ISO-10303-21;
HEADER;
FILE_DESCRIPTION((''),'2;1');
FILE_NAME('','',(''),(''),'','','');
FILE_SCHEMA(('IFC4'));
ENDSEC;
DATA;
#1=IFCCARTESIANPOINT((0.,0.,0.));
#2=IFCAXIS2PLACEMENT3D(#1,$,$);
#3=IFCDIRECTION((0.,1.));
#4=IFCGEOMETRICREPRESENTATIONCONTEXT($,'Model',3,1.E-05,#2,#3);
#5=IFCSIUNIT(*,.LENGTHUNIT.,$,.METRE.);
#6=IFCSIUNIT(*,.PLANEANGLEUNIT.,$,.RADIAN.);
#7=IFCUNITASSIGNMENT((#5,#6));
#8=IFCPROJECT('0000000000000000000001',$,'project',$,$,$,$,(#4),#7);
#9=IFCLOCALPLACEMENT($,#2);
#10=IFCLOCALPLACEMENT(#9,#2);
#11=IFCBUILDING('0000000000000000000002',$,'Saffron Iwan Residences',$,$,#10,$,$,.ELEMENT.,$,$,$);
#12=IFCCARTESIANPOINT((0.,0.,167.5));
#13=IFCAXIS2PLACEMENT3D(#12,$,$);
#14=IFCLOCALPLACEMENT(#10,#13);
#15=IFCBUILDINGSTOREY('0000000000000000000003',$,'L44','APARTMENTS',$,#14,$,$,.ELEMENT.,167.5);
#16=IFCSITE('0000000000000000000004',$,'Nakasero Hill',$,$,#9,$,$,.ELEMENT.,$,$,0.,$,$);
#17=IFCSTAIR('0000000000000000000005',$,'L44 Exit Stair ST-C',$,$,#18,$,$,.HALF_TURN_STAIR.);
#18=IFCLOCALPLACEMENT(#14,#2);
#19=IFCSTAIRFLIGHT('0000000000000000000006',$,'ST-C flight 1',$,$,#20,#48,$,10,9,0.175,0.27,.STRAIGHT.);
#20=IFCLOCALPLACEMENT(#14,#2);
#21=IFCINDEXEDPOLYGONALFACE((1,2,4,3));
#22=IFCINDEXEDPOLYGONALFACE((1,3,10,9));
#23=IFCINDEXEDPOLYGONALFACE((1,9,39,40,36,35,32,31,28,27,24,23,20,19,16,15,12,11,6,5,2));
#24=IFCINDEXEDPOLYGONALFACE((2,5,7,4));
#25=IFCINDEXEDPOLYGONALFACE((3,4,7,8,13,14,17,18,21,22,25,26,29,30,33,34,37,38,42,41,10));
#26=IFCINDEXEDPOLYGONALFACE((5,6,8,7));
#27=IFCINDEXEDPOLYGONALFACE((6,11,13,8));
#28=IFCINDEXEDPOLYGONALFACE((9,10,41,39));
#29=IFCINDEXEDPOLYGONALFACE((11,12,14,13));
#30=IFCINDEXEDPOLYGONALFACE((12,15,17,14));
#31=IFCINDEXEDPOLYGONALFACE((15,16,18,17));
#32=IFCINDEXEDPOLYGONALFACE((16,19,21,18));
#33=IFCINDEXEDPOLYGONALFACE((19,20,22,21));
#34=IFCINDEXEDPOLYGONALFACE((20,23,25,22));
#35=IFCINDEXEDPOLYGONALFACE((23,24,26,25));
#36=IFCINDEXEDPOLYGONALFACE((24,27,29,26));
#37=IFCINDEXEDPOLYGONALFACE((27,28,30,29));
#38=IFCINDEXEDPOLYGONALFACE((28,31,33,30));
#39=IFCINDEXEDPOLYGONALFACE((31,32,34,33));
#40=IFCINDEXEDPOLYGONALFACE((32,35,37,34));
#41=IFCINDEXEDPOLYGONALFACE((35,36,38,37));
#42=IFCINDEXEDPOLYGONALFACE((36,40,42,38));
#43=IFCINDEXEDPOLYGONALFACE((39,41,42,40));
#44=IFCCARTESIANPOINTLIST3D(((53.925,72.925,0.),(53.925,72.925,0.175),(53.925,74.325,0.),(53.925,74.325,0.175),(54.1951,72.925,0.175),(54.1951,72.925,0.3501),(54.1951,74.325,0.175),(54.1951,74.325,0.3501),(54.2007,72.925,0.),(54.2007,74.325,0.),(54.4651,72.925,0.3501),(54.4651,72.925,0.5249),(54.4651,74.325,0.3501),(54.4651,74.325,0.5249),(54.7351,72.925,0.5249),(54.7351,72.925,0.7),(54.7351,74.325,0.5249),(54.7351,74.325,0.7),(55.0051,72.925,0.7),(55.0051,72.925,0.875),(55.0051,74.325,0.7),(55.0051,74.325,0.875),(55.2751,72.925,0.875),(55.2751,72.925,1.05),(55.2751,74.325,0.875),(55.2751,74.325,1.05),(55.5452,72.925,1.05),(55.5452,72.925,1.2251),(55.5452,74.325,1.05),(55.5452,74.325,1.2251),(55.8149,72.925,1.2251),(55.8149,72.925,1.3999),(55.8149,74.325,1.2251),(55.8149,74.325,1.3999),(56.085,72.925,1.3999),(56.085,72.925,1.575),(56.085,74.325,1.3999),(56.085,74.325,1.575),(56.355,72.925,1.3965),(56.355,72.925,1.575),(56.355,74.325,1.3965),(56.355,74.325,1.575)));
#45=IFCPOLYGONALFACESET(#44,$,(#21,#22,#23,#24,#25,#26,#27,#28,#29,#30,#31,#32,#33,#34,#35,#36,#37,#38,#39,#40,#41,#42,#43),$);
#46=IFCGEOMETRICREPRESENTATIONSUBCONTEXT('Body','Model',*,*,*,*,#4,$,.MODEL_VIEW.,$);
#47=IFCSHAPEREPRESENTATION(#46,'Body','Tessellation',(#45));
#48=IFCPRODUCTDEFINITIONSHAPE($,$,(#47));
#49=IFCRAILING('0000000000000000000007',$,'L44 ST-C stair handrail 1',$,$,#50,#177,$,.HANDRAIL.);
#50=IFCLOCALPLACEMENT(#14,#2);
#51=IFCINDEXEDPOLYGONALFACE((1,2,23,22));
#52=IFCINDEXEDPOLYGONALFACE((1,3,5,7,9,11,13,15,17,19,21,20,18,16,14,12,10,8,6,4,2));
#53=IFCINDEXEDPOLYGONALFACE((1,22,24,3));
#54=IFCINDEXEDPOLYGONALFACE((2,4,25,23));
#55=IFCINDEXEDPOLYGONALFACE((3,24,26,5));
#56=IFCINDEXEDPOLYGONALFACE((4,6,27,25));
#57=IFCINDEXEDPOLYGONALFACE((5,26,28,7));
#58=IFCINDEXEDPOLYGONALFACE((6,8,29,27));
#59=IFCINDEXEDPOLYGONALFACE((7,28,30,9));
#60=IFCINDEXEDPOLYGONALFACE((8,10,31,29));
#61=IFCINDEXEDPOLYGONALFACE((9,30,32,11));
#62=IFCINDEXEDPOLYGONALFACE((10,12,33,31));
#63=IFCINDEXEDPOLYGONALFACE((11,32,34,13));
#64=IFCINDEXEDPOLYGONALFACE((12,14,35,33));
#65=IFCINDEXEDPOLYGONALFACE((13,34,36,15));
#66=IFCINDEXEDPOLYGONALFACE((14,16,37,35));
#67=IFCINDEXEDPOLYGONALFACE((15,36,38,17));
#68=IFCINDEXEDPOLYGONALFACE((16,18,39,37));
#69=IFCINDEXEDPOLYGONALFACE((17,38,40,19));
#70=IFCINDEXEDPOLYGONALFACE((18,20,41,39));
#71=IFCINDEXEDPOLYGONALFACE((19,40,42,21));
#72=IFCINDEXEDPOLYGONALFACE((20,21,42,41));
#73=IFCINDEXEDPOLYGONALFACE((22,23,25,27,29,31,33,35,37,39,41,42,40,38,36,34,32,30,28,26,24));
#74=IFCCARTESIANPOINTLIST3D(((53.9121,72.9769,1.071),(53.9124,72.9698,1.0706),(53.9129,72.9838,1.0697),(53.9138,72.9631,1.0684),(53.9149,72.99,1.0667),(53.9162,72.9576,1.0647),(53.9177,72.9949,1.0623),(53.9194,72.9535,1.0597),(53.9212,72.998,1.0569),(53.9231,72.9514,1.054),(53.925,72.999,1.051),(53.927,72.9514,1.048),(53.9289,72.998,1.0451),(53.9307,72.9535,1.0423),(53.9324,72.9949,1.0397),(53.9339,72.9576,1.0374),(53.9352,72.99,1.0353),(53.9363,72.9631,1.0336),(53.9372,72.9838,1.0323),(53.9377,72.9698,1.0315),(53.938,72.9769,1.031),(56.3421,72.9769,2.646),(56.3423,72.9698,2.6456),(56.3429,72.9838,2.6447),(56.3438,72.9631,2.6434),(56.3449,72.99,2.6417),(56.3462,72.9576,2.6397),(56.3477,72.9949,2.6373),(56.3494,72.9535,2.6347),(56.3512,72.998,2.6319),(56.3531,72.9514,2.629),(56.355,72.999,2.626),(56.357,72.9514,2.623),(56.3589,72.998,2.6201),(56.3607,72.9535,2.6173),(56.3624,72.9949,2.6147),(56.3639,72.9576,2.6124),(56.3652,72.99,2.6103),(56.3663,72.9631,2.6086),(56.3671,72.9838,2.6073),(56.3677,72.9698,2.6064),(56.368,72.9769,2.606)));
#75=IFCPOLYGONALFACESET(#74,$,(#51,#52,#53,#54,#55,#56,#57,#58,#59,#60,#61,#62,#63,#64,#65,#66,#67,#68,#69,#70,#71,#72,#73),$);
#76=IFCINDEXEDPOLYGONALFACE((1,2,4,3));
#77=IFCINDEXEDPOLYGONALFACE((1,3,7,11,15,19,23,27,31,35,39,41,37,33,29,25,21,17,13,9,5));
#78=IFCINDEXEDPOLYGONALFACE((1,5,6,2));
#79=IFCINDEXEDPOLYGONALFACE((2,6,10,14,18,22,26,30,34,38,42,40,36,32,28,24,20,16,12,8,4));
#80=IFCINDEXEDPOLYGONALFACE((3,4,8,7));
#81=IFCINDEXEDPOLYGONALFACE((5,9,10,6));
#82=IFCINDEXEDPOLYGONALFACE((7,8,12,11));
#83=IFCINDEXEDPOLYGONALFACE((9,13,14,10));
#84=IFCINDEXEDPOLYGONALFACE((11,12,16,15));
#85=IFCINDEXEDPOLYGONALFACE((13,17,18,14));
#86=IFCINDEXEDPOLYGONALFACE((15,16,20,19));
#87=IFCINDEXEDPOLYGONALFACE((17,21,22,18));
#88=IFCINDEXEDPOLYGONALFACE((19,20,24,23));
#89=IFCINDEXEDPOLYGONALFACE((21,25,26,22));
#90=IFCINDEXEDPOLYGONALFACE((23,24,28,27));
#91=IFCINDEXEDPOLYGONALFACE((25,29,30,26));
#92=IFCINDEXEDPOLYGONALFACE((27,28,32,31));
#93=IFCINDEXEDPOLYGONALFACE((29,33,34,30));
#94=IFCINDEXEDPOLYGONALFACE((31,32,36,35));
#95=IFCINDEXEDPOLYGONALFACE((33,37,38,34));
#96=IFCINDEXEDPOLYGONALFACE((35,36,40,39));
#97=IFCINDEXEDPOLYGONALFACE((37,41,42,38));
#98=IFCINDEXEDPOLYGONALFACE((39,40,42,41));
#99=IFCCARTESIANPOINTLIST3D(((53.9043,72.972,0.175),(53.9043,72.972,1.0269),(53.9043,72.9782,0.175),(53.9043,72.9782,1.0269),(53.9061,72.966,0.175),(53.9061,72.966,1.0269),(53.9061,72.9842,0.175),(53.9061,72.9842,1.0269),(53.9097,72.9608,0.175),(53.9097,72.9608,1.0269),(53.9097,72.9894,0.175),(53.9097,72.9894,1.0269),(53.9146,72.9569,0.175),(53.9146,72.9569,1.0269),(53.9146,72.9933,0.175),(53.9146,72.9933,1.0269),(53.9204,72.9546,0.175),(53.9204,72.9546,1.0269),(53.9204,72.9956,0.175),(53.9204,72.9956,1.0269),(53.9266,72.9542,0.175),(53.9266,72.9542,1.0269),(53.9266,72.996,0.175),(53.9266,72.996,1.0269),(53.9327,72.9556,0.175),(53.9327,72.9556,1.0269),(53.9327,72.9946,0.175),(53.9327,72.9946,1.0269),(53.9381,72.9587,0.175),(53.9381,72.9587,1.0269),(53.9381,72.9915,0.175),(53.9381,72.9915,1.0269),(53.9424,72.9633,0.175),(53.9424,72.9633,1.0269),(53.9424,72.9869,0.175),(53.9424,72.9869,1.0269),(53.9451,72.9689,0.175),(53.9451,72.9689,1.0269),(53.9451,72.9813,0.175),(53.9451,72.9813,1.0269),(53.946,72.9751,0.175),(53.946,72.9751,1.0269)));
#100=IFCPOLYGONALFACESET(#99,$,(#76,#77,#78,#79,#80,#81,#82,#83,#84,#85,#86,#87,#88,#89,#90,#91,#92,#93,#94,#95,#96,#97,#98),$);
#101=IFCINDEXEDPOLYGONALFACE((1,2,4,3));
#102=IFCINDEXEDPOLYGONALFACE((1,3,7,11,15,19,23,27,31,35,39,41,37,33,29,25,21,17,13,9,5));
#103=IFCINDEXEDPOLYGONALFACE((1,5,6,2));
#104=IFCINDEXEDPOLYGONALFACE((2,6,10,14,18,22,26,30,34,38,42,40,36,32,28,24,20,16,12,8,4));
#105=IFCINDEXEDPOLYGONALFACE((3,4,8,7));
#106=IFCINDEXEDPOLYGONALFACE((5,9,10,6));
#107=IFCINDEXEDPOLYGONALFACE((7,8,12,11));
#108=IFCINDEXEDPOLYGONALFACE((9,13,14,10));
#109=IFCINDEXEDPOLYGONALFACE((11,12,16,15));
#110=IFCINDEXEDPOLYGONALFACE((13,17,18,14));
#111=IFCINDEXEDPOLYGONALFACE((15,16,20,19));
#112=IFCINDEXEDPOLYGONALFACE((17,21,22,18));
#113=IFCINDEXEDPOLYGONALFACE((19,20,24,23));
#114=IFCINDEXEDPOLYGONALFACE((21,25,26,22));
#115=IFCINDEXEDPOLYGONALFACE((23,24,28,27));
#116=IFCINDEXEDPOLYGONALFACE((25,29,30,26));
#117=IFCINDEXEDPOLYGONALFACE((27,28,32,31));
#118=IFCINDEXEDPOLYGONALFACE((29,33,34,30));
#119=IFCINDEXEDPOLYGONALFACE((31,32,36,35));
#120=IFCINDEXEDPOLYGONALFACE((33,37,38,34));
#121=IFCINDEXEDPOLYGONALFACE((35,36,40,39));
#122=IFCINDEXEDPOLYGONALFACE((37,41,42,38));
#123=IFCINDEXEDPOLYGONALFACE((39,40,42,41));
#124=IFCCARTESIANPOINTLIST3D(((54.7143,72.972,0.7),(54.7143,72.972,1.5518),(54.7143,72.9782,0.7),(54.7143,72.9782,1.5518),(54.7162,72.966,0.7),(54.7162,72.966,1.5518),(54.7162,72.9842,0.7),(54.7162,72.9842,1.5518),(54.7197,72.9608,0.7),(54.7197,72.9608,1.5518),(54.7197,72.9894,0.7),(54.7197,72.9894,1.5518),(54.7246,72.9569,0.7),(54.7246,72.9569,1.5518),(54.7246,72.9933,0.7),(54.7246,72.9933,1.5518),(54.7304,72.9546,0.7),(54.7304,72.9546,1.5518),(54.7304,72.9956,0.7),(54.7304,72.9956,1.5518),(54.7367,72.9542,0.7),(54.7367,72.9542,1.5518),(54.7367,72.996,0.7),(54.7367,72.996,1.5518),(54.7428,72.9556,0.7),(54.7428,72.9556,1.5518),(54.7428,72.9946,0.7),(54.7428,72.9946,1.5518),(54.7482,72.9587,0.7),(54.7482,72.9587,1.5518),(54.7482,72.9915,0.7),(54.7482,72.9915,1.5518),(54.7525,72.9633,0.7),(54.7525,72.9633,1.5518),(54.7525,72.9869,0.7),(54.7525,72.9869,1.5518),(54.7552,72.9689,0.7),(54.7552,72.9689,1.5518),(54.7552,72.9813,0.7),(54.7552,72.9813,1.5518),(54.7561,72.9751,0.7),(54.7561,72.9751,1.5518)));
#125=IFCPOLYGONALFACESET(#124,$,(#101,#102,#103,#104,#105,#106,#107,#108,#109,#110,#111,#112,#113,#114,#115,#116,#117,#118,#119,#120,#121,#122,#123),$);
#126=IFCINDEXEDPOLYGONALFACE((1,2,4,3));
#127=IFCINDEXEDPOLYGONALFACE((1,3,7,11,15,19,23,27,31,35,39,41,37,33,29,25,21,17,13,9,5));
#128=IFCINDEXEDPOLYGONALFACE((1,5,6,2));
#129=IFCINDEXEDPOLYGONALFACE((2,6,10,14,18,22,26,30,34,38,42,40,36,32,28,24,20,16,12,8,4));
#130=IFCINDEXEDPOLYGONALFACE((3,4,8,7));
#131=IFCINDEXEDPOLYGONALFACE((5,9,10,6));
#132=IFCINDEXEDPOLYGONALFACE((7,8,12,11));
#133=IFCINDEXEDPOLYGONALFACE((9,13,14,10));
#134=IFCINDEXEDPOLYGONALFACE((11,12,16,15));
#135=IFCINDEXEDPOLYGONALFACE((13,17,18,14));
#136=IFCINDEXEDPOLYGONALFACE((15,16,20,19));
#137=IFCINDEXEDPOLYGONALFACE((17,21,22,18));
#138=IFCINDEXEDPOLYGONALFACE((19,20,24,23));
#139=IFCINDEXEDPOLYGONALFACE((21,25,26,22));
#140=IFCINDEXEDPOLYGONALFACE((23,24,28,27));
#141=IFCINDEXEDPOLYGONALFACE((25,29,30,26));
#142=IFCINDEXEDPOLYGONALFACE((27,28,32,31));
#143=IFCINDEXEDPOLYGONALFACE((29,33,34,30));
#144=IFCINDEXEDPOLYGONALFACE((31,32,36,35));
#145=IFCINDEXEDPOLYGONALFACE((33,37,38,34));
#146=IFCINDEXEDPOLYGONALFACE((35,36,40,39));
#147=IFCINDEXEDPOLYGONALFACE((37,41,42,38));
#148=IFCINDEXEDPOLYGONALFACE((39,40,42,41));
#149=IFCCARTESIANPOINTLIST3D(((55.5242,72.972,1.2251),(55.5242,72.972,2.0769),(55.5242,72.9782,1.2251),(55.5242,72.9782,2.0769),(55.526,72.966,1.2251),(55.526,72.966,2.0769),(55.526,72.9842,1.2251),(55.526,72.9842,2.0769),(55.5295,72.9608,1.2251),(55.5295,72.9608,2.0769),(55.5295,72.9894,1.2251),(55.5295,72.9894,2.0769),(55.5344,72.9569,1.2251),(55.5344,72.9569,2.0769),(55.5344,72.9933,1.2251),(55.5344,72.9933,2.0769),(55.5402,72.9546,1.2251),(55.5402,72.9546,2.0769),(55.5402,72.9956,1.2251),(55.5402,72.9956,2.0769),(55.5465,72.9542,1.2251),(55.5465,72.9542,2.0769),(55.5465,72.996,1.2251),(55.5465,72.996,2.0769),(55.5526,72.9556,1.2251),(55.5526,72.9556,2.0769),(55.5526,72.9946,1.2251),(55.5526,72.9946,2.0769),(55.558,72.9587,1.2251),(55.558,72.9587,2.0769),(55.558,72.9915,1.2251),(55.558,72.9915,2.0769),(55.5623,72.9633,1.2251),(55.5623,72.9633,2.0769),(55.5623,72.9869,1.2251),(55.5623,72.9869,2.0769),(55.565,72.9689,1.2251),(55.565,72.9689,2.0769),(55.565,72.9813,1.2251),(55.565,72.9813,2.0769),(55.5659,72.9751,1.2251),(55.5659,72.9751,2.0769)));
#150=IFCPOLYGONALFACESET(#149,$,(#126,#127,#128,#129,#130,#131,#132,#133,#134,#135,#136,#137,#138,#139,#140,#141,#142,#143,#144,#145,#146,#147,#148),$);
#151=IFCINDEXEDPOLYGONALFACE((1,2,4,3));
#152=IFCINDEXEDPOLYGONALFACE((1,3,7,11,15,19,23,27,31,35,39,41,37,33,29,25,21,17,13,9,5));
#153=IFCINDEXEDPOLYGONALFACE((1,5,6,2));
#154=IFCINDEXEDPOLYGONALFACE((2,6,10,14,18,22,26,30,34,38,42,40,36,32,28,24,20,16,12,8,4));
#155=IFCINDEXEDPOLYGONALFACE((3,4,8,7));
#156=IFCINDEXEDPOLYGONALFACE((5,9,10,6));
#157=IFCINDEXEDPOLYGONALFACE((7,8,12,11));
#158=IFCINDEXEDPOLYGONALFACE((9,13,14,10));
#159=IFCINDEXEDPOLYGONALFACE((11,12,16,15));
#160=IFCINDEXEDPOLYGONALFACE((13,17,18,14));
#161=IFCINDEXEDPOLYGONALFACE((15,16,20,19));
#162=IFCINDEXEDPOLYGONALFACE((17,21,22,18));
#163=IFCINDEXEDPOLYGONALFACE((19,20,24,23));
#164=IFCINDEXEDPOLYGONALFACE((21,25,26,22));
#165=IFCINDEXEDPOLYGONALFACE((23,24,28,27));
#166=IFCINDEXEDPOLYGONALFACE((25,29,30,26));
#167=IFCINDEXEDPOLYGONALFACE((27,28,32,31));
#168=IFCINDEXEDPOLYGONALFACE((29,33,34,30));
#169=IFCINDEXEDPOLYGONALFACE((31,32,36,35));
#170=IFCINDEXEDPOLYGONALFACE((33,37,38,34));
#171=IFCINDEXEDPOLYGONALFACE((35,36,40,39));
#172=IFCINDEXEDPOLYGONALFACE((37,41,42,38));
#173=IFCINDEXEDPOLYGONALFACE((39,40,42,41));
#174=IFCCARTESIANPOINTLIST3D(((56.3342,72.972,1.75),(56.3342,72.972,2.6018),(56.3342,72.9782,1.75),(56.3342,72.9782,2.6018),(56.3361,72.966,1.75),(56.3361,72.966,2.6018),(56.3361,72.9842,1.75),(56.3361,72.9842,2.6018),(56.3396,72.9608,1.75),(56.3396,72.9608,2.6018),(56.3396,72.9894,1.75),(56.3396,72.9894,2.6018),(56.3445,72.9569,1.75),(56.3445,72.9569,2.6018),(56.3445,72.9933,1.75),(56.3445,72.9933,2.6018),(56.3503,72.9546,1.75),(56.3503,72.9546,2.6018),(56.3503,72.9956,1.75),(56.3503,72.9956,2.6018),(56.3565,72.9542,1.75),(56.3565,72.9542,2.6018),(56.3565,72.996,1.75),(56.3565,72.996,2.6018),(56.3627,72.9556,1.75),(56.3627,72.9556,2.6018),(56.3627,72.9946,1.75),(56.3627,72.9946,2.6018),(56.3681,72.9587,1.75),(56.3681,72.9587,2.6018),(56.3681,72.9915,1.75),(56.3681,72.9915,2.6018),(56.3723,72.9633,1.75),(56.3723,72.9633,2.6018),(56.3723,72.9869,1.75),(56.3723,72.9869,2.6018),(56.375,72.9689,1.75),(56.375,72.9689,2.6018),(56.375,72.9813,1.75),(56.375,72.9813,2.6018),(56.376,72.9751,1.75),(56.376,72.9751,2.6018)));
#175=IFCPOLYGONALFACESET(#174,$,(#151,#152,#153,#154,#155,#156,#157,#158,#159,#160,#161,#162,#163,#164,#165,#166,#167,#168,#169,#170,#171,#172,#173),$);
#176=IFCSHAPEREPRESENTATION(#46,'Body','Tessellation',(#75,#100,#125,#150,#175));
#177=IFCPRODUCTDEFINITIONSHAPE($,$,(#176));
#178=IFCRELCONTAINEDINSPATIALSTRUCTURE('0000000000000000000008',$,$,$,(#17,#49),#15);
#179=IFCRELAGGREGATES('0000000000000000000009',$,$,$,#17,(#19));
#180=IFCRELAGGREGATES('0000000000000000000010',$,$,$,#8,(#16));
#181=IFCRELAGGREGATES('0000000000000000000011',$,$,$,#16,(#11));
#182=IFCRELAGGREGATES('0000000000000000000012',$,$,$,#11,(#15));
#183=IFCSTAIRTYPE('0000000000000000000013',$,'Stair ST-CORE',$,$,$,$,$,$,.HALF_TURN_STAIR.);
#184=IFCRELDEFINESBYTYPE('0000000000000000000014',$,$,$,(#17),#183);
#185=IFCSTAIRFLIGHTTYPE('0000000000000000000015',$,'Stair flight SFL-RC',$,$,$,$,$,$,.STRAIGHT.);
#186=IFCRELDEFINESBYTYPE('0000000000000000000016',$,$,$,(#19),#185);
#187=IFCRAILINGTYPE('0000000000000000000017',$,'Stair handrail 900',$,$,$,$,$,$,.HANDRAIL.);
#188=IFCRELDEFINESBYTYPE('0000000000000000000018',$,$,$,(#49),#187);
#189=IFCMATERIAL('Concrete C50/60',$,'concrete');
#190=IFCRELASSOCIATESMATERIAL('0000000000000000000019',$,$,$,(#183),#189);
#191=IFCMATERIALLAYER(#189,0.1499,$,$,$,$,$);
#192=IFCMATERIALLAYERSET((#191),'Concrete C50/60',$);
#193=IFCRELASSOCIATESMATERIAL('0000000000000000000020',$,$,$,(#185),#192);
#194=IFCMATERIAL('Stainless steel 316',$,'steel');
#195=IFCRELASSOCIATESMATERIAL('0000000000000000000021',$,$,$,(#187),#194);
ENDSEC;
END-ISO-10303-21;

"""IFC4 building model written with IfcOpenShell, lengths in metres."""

from ifc_helpers import new_model, si_unit, direction, frame, origin, origin_2d, place, context, subcontext, project, spatial, polyline, circle, outline, extrude, material, layer, layer_set, type_object, element, aggregate, save


model = new_model("IFC4")

# Units and contexts
model_context = context("Model", 3, precision=1e-05, world=origin(), true_north=direction((0.0, 1.0)))
body_context = subcontext(model_context, "Body", "Model", "MODEL_VIEW")
ifc_project = project(units=[si_unit("LENGTHUNIT", "METRE"), si_unit("PLANEANGLEUNIT", "RADIAN")], contexts=[model_context])

# Site, building, storey
site_placement = place(None, origin())
site = spatial("IfcSite", under=ifc_project, at=site_placement, Name="Nakasero Hill", CompositionType="ELEMENT", RefElevation=0.0)
building_placement = place(site_placement, origin())
building = spatial("IfcBuilding", under=site, at=building_placement, Name="Saffron Iwan Residences", CompositionType="ELEMENT")
storey_placement = place(building_placement, frame((0.0, 0.0, 167.5)))
storey = spatial("IfcBuildingStorey", under=building, at=storey_placement, Name="L44", Description="APARTMENTS", CompositionType="ELEMENT", Elevation=167.5)

# Shared definitions
ifc_material_1 = material(Name="Concrete C50/60", Category="concrete")

# Stair, stair flight
stair_type = type_object("IfcStairType", Name="Stair ST-CORE", PredefinedType="HALF_TURN_STAIR", material=ifc_material_1)
stair_placement = place(storey_placement, origin())
stair = element("IfcStair", 1, at=stair_placement, inside=storey, type_object=stair_type, Name="L44 Exit Stair ST-C", PredefinedType="HALF_TURN_STAIR")
ifc_layer_1 = layer(ifc_material_1, 0.1499)
ifc_layer_set_1 = layer_set([ifc_layer_1], Name="Concrete C50/60")
stair_flight_type = type_object("IfcStairFlightType", Name="Stair flight SFL-RC", PredefinedType="STRAIGHT", material=ifc_layer_set_1)
stair_flight_placement = place(storey_placement, frame((53.925, 73.625, 0.0), z_axis=(0.0, 0.0, 1.0), x_axis=(1.0, 0.0, 0.0)))
stair_flight = element("IfcStairFlight", 2, at=stair_flight_placement, type_object=stair_flight_type, Name="ST-C flight 1", NumberOfRisers=10, NumberOfTreads=9, PredefinedType="STRAIGHT", RiserHeight=0.175, TreadLength=0.27, context=body_context, shape_type="SweptSolid", body=[
    extrude(outline(polyline([(0.0, 0.0), (0.0, 0.175), (0.27, 0.175), (0.27, 0.3501), (0.54, 0.3501), (0.54, 0.5249), (0.8101, 0.5249), (0.8101, 0.7), (1.0801, 0.7), (1.0801, 0.875), (1.3501, 0.875), (1.3501, 1.05), (1.6201, 1.05), (1.6201, 1.2251), (1.8899, 1.2251), (1.8899, 1.3999), (2.1599, 1.3999), (2.1599, 1.575), (2.4299, 1.575), (2.4299, 1.75), (2.4299, 1.3965), (0.2756, 0.0), (0.0, 0.0)])), frame((0.0, 0.7, 0.0), z_axis=(0.0, -1.0, 0.0), x_axis=(1.0, 0.0, 0.0)), (0.0, 0.0, 1.0), 1.3999),
])
aggregate(stair, [stair_flight])

# Railing
ifc_material_2 = material(Name="Stainless steel 316", Category="steel")
railing_type = type_object("IfcRailingType", Name="Stair handrail 900", PredefinedType="HANDRAIL", material=ifc_material_2)
railing_placement = place(storey_placement, frame((53.925, 72.9751, 0.175)))
element("IfcRailing", 3, at=railing_placement, inside=storey, type_object=railing_type, Name="L44 ST-C stair handrail 1", PredefinedType="HANDRAIL", context=body_context, shape_type="SweptSolid", body=[
    extrude(circle(Radius=0.0239, at=origin_2d()), frame((0.0, 0.0, 0.876), z_axis=(0.839154, 0.0, 0.543894), x_axis=(0.0, 1.0, 0.0)), (0.0, 0.0, 1.0), 2.8958),
    extrude(circle(Radius=0.021, at=origin_2d()), origin(), (0.0, 0.0, 1.0), 0.8518),
    extrude(circle(Radius=0.021, at=origin_2d()), frame((0.8101, 0.0, 0.5249)), (0.0, 0.0, 1.0), 0.8518),
    extrude(circle(Radius=0.021, at=origin_2d()), frame((1.6199, 0.0, 1.05)), (0.0, 0.0, 1.0), 0.8518),
    extrude(circle(Radius=0.021, at=origin_2d()), frame((2.4299, 0.0, 1.575)), (0.0, 0.0, 1.0), 0.8518),
])

save(model, "model.ifc")
